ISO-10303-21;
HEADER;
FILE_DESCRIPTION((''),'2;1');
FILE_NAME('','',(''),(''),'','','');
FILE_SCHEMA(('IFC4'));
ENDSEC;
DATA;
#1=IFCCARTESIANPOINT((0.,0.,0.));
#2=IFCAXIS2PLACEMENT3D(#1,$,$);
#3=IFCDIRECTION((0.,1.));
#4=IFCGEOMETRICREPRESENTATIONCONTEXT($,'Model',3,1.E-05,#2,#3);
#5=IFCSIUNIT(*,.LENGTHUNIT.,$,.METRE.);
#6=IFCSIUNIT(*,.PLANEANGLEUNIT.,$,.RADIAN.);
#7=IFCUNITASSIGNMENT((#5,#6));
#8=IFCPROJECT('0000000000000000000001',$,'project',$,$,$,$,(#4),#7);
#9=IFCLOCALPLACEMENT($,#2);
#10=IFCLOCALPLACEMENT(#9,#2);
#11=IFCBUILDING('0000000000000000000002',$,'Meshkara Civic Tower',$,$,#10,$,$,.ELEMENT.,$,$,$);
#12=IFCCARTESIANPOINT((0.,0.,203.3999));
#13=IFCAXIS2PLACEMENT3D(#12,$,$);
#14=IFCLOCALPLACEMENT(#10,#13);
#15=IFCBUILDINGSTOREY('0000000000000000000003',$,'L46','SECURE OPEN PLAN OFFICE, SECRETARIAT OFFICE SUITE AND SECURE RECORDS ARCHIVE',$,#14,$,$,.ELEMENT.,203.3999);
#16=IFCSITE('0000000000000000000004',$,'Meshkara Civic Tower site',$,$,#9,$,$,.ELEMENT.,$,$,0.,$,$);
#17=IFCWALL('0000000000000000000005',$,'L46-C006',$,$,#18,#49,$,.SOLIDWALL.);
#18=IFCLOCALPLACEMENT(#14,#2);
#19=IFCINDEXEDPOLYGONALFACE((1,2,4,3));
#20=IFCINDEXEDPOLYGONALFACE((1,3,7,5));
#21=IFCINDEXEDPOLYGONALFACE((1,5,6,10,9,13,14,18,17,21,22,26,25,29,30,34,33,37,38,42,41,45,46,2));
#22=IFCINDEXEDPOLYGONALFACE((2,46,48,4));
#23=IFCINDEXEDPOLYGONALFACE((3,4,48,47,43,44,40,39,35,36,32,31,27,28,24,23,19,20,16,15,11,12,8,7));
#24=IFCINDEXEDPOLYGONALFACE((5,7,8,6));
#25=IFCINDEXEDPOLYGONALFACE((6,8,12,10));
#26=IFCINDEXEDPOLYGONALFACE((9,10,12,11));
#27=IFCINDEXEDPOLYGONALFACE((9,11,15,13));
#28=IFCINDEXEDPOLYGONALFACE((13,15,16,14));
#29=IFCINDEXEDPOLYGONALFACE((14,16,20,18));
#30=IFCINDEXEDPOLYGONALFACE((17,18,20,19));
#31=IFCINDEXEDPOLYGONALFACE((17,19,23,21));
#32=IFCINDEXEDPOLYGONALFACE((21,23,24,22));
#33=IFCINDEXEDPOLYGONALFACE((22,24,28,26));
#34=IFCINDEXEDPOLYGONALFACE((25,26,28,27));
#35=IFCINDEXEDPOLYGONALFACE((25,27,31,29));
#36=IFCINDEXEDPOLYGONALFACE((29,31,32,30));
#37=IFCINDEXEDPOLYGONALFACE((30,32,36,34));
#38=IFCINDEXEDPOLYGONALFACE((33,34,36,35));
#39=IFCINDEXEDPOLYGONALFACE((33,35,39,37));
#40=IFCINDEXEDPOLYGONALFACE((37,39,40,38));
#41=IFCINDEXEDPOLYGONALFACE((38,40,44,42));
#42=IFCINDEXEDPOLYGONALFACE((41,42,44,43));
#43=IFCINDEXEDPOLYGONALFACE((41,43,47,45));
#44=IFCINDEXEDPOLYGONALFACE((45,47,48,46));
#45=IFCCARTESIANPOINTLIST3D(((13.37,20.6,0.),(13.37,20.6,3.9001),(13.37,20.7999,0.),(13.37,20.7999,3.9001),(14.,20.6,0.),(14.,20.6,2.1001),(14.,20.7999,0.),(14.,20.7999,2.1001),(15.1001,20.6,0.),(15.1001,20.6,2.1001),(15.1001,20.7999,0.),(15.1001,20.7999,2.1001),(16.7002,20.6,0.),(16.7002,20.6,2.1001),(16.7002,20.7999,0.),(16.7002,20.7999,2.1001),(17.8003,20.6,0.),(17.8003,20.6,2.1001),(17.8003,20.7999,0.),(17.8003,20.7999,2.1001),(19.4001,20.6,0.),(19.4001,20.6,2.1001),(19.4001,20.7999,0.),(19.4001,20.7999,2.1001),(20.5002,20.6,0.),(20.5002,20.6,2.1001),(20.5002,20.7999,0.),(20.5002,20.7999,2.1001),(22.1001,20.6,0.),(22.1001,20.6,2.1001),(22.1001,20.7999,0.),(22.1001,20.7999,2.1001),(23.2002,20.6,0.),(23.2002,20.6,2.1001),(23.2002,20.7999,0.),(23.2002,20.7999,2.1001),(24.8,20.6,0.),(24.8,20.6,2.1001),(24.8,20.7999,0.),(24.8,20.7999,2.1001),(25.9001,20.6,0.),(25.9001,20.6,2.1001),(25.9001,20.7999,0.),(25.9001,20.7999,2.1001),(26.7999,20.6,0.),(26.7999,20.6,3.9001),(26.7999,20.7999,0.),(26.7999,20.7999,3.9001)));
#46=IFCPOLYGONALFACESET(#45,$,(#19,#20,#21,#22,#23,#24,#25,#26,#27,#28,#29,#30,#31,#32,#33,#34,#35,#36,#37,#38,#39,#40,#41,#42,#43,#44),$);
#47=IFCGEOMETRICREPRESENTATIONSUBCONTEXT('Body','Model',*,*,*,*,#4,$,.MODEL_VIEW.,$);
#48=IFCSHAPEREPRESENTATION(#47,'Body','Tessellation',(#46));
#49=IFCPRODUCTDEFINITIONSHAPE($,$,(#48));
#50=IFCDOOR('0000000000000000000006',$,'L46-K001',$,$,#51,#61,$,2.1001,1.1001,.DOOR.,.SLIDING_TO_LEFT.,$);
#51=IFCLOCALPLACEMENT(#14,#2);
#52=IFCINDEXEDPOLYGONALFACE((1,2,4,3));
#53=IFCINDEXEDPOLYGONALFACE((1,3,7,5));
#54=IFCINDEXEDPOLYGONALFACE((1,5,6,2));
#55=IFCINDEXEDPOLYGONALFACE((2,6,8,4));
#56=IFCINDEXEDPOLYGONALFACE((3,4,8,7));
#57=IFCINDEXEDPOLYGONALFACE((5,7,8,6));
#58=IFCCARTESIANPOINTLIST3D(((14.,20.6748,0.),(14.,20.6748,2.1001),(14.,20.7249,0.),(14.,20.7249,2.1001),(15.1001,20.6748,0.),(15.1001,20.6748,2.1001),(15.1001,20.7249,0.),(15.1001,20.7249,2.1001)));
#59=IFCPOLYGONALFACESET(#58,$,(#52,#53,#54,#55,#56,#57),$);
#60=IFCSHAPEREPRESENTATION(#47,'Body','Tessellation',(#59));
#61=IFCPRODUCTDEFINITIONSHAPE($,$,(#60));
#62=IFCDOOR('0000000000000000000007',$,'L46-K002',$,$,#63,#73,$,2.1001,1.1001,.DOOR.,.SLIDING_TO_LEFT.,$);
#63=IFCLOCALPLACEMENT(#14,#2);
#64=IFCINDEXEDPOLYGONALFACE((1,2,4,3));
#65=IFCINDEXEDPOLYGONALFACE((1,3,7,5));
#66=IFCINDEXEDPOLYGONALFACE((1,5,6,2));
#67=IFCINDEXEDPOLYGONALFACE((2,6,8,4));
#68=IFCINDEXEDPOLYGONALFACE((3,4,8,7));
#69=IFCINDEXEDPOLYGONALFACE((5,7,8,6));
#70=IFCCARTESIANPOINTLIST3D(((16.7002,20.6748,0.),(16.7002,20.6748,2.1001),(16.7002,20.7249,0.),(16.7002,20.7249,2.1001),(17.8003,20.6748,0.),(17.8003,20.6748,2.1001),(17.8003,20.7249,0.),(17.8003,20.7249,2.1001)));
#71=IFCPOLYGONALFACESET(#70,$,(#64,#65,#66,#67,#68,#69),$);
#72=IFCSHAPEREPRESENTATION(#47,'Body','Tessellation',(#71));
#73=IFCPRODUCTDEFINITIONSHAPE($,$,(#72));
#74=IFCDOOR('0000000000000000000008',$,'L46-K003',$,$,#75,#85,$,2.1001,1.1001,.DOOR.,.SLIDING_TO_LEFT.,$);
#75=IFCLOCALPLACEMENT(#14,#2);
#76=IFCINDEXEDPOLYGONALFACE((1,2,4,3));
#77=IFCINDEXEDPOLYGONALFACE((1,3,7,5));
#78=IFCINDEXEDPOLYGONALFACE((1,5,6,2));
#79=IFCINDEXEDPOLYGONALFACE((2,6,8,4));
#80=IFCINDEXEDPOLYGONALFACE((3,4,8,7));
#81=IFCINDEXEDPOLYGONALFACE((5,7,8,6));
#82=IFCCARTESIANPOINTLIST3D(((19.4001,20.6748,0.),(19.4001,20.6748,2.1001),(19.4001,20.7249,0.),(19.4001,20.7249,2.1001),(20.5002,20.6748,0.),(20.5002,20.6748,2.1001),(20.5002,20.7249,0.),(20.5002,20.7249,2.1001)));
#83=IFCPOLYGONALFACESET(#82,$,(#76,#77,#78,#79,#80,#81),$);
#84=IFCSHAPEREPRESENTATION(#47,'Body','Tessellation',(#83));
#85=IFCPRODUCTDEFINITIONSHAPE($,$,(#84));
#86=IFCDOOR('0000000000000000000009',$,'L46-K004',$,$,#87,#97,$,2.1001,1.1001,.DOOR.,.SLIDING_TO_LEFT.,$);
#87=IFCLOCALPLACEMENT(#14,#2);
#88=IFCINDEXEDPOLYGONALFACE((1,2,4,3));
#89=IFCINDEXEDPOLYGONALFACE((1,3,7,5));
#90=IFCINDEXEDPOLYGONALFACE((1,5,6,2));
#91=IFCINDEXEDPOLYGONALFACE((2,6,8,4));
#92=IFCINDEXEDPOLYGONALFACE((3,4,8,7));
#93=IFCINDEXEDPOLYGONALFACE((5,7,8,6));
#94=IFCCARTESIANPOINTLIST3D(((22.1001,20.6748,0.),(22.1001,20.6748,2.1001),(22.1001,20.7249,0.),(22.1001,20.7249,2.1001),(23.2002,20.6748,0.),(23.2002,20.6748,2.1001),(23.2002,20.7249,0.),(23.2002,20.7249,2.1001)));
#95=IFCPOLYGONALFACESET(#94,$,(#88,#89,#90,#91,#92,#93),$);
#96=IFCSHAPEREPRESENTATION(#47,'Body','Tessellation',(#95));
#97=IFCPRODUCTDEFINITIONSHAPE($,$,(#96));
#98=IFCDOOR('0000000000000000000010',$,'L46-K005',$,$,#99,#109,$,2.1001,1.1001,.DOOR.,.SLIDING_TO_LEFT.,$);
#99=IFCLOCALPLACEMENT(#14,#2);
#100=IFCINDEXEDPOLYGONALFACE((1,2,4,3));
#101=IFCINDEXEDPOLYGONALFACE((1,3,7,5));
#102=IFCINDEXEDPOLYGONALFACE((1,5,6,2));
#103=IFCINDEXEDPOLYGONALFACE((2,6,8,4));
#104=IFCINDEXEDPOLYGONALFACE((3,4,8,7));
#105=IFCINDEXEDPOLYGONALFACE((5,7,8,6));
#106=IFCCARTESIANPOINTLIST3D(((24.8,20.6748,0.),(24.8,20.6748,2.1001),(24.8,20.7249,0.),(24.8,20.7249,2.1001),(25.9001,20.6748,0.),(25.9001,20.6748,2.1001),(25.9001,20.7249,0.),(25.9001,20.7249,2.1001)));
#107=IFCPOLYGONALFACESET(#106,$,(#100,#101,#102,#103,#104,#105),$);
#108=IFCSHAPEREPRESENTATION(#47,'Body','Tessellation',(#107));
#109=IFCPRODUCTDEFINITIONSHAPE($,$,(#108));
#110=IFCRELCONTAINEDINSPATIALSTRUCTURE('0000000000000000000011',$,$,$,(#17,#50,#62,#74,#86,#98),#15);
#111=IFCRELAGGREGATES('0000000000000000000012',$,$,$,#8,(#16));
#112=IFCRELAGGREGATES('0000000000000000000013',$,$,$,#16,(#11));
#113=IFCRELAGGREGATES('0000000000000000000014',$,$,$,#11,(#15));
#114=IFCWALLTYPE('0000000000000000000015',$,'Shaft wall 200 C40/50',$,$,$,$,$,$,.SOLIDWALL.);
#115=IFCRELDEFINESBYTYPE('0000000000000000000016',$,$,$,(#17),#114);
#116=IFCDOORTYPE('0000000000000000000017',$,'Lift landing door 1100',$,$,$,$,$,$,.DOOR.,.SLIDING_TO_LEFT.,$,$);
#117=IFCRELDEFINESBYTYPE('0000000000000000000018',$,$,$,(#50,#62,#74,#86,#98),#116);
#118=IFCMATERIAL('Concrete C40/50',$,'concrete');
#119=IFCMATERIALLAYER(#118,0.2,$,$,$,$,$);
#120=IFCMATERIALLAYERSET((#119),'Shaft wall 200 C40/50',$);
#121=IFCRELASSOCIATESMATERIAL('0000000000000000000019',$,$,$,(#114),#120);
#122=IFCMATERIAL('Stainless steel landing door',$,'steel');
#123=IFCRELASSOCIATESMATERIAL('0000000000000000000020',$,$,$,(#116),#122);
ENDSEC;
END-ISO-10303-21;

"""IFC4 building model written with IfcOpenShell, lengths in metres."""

from ifc_helpers import new_model, si_unit, direction, frame, frame_2d, origin, place, context, subcontext, project, spatial, rectangle, extrude, material, layer, layer_set, type_object, element, fill, save


model = new_model("IFC4")

# Units and contexts
model_context = context("Model", 3, precision=1e-05, world=origin(), true_north=direction((0.0, 1.0)))
body_context = subcontext(model_context, "Body", "Model", "MODEL_VIEW")
ifc_project = project(units=[si_unit("LENGTHUNIT", "METRE"), si_unit("PLANEANGLEUNIT", "RADIAN")], contexts=[model_context])

# Site, building, storey
site_placement = place(None, origin())
site = spatial("IfcSite", under=ifc_project, at=site_placement, Name="Meshkara Civic Tower site", CompositionType="ELEMENT", RefElevation=0.0)
building_placement = place(site_placement, origin())
building = spatial("IfcBuilding", under=site, at=building_placement, Name="Meshkara Civic Tower", CompositionType="ELEMENT")
storey_placement = place(building_placement, frame((0.0, 0.0, 203.3999)))
storey = spatial("IfcBuildingStorey", under=building, at=storey_placement, Name="L46", Description="SECURE OPEN PLAN OFFICE, SECRETARIAT OFFICE SUITE AND SECURE RECORDS ARCHIVE", CompositionType="ELEMENT", Elevation=203.3999)

# Wall, openings, doors
ifc_material_1 = material(Name="Concrete C40/50", Category="concrete")
ifc_layer_1 = layer(ifc_material_1, 0.2)
ifc_layer_set_1 = layer_set([ifc_layer_1], Name="Shaft wall 200 C40/50")
wall_type_1 = type_object("IfcWallType", Name="Shaft wall 200 C40/50", PredefinedType="SOLIDWALL", material=ifc_layer_set_1)
wall_1_placement = place(storey_placement, frame((13.3701, 20.7, 0.0), z_axis=(0.0, 0.0, 1.0), x_axis=(1.0, 0.0, 0.0)))
wall_1 = element("IfcWall", 1, at=wall_1_placement, inside=storey, type_object=wall_type_1, Name="L46-C006", PredefinedType="SOLIDWALL", context=body_context, shape_type="SweptSolid", body=[
    extrude(rectangle(XDim=13.4299, YDim=0.2, at=frame_2d((6.7148, 0.0))), origin(), (0.0, 0.0, 1.0), 3.9001),
])
opening_1_placement = place(wall_1_placement, frame((0.6299, 0.0, 0.0)))
opening_1 = element("IfcOpeningElement", 2, at=opening_1_placement, cuts=wall_1, PredefinedType="OPENING", context=body_context, shape_type="SweptSolid", body=[
    extrude(rectangle(XDim=1.1001, YDim=2.1001, at=frame_2d((0.55, 1.05))), frame((0.0, 0.1099, 0.0), z_axis=(0.0, -1.0, 0.0), x_axis=(1.0, 0.0, 0.0)), (0.0, 0.0, 1.0), 0.22),
])
opening_2_placement = place(wall_1_placement, frame((3.3301, 0.0, 0.0)))
opening_2 = element("IfcOpeningElement", 3, at=opening_2_placement, cuts=wall_1, PredefinedType="OPENING", context=body_context, shape_type="SweptSolid", body=[
    extrude(rectangle(XDim=1.1001, YDim=2.1001, at=frame_2d((0.55, 1.05))), frame((0.0, 0.1099, 0.0), z_axis=(0.0, -1.0, 0.0), x_axis=(1.0, 0.0, 0.0)), (0.0, 0.0, 1.0), 0.22),
])
opening_3_placement = place(wall_1_placement, frame((6.03, 0.0, 0.0)))
opening_3 = element("IfcOpeningElement", 4, at=opening_3_placement, cuts=wall_1, PredefinedType="OPENING", context=body_context, shape_type="SweptSolid", body=[
    extrude(rectangle(XDim=1.1001, YDim=2.1001, at=frame_2d((0.55, 1.05))), frame((0.0, 0.1099, 0.0), z_axis=(0.0, -1.0, 0.0), x_axis=(1.0, 0.0, 0.0)), (0.0, 0.0, 1.0), 0.22),
])
opening_4_placement = place(wall_1_placement, frame((8.73, 0.0, 0.0)))
opening_4 = element("IfcOpeningElement", 5, at=opening_4_placement, cuts=wall_1, PredefinedType="OPENING", context=body_context, shape_type="SweptSolid", body=[
    extrude(rectangle(XDim=1.1001, YDim=2.1001, at=frame_2d((0.55, 1.05))), frame((0.0, 0.1099, 0.0), z_axis=(0.0, -1.0, 0.0), x_axis=(1.0, 0.0, 0.0)), (0.0, 0.0, 1.0), 0.22),
])
opening_5_placement = place(wall_1_placement, frame((11.4299, 0.0, 0.0)))
opening_5 = element("IfcOpeningElement", 6, at=opening_5_placement, cuts=wall_1, PredefinedType="OPENING", context=body_context, shape_type="SweptSolid", body=[
    extrude(rectangle(XDim=1.1001, YDim=2.1001, at=frame_2d((0.55, 1.05))), frame((0.0, 0.1099, 0.0), z_axis=(0.0, -1.0, 0.0), x_axis=(1.0, 0.0, 0.0)), (0.0, 0.0, 1.0), 0.22),
])
ifc_material_2 = material(Name="Stainless steel landing door", Category="steel")
door_type_1 = type_object("IfcDoorType", Name="Lift landing door 1100", OperationType="SLIDING_TO_LEFT", PredefinedType="DOOR", material=ifc_material_2)
door_1_placement = place(opening_1_placement, origin())
door_1 = element("IfcDoor", 7, at=door_1_placement, inside=storey, type_object=door_type_1, Name="L46-K001", OperationType="SLIDING_TO_LEFT", OverallHeight=2.1001, OverallWidth=1.1001, PredefinedType="DOOR", context=body_context, shape_type="SweptSolid", body=[
    extrude(rectangle(XDim=1.1001, YDim=2.1001, at=frame_2d((0.55, 1.05))), frame((0.0, 0.0249, 0.0), z_axis=(0.0, -1.0, 0.0), x_axis=(1.0, 0.0, 0.0)), (0.0, 0.0, 1.0), 0.05),
])
fill(opening_1, door_1)
door_2_placement = place(opening_2_placement, origin())
door_2 = element("IfcDoor", 8, at=door_2_placement, inside=storey, type_object=door_type_1, Name="L46-K002", OperationType="SLIDING_TO_LEFT", OverallHeight=2.1001, OverallWidth=1.1001, PredefinedType="DOOR", context=body_context, shape_type="SweptSolid", body=[
    extrude(rectangle(XDim=1.1001, YDim=2.1001, at=frame_2d((0.55, 1.05))), frame((0.0, 0.0249, 0.0), z_axis=(0.0, -1.0, 0.0), x_axis=(1.0, 0.0, 0.0)), (0.0, 0.0, 1.0), 0.05),
])
fill(opening_2, door_2)
door_3_placement = place(opening_3_placement, origin())
door_3 = element("IfcDoor", 9, at=door_3_placement, inside=storey, type_object=door_type_1, Name="L46-K003", OperationType="SLIDING_TO_LEFT", OverallHeight=2.1001, OverallWidth=1.1001, PredefinedType="DOOR", context=body_context, shape_type="SweptSolid", body=[
    extrude(rectangle(XDim=1.1001, YDim=2.1001, at=frame_2d((0.55, 1.05))), frame((0.0, 0.0249, 0.0), z_axis=(0.0, -1.0, 0.0), x_axis=(1.0, 0.0, 0.0)), (0.0, 0.0, 1.0), 0.05),
])
fill(opening_3, door_3)
door_4_placement = place(opening_4_placement, origin())
door_4 = element("IfcDoor", 10, at=door_4_placement, inside=storey, type_object=door_type_1, Name="L46-K004", OperationType="SLIDING_TO_LEFT", OverallHeight=2.1001, OverallWidth=1.1001, PredefinedType="DOOR", context=body_context, shape_type="SweptSolid", body=[
    extrude(rectangle(XDim=1.1001, YDim=2.1001, at=frame_2d((0.55, 1.05))), frame((0.0, 0.0249, 0.0), z_axis=(0.0, -1.0, 0.0), x_axis=(1.0, 0.0, 0.0)), (0.0, 0.0, 1.0), 0.05),
])
fill(opening_4, door_4)
door_5_placement = place(opening_5_placement, origin())
door_5 = element("IfcDoor", 11, at=door_5_placement, inside=storey, type_object=door_type_1, Name="L46-K005", OperationType="SLIDING_TO_LEFT", OverallHeight=2.1001, OverallWidth=1.1001, PredefinedType="DOOR", context=body_context, shape_type="SweptSolid", body=[
    extrude(rectangle(XDim=1.1001, YDim=2.1001, at=frame_2d((0.55, 1.05))), frame((0.0, 0.0249, 0.0), z_axis=(0.0, -1.0, 0.0), x_axis=(1.0, 0.0, 0.0)), (0.0, 0.0, 1.0), 0.05),
])
fill(opening_5, door_5)

save(model, "model.ifc")
